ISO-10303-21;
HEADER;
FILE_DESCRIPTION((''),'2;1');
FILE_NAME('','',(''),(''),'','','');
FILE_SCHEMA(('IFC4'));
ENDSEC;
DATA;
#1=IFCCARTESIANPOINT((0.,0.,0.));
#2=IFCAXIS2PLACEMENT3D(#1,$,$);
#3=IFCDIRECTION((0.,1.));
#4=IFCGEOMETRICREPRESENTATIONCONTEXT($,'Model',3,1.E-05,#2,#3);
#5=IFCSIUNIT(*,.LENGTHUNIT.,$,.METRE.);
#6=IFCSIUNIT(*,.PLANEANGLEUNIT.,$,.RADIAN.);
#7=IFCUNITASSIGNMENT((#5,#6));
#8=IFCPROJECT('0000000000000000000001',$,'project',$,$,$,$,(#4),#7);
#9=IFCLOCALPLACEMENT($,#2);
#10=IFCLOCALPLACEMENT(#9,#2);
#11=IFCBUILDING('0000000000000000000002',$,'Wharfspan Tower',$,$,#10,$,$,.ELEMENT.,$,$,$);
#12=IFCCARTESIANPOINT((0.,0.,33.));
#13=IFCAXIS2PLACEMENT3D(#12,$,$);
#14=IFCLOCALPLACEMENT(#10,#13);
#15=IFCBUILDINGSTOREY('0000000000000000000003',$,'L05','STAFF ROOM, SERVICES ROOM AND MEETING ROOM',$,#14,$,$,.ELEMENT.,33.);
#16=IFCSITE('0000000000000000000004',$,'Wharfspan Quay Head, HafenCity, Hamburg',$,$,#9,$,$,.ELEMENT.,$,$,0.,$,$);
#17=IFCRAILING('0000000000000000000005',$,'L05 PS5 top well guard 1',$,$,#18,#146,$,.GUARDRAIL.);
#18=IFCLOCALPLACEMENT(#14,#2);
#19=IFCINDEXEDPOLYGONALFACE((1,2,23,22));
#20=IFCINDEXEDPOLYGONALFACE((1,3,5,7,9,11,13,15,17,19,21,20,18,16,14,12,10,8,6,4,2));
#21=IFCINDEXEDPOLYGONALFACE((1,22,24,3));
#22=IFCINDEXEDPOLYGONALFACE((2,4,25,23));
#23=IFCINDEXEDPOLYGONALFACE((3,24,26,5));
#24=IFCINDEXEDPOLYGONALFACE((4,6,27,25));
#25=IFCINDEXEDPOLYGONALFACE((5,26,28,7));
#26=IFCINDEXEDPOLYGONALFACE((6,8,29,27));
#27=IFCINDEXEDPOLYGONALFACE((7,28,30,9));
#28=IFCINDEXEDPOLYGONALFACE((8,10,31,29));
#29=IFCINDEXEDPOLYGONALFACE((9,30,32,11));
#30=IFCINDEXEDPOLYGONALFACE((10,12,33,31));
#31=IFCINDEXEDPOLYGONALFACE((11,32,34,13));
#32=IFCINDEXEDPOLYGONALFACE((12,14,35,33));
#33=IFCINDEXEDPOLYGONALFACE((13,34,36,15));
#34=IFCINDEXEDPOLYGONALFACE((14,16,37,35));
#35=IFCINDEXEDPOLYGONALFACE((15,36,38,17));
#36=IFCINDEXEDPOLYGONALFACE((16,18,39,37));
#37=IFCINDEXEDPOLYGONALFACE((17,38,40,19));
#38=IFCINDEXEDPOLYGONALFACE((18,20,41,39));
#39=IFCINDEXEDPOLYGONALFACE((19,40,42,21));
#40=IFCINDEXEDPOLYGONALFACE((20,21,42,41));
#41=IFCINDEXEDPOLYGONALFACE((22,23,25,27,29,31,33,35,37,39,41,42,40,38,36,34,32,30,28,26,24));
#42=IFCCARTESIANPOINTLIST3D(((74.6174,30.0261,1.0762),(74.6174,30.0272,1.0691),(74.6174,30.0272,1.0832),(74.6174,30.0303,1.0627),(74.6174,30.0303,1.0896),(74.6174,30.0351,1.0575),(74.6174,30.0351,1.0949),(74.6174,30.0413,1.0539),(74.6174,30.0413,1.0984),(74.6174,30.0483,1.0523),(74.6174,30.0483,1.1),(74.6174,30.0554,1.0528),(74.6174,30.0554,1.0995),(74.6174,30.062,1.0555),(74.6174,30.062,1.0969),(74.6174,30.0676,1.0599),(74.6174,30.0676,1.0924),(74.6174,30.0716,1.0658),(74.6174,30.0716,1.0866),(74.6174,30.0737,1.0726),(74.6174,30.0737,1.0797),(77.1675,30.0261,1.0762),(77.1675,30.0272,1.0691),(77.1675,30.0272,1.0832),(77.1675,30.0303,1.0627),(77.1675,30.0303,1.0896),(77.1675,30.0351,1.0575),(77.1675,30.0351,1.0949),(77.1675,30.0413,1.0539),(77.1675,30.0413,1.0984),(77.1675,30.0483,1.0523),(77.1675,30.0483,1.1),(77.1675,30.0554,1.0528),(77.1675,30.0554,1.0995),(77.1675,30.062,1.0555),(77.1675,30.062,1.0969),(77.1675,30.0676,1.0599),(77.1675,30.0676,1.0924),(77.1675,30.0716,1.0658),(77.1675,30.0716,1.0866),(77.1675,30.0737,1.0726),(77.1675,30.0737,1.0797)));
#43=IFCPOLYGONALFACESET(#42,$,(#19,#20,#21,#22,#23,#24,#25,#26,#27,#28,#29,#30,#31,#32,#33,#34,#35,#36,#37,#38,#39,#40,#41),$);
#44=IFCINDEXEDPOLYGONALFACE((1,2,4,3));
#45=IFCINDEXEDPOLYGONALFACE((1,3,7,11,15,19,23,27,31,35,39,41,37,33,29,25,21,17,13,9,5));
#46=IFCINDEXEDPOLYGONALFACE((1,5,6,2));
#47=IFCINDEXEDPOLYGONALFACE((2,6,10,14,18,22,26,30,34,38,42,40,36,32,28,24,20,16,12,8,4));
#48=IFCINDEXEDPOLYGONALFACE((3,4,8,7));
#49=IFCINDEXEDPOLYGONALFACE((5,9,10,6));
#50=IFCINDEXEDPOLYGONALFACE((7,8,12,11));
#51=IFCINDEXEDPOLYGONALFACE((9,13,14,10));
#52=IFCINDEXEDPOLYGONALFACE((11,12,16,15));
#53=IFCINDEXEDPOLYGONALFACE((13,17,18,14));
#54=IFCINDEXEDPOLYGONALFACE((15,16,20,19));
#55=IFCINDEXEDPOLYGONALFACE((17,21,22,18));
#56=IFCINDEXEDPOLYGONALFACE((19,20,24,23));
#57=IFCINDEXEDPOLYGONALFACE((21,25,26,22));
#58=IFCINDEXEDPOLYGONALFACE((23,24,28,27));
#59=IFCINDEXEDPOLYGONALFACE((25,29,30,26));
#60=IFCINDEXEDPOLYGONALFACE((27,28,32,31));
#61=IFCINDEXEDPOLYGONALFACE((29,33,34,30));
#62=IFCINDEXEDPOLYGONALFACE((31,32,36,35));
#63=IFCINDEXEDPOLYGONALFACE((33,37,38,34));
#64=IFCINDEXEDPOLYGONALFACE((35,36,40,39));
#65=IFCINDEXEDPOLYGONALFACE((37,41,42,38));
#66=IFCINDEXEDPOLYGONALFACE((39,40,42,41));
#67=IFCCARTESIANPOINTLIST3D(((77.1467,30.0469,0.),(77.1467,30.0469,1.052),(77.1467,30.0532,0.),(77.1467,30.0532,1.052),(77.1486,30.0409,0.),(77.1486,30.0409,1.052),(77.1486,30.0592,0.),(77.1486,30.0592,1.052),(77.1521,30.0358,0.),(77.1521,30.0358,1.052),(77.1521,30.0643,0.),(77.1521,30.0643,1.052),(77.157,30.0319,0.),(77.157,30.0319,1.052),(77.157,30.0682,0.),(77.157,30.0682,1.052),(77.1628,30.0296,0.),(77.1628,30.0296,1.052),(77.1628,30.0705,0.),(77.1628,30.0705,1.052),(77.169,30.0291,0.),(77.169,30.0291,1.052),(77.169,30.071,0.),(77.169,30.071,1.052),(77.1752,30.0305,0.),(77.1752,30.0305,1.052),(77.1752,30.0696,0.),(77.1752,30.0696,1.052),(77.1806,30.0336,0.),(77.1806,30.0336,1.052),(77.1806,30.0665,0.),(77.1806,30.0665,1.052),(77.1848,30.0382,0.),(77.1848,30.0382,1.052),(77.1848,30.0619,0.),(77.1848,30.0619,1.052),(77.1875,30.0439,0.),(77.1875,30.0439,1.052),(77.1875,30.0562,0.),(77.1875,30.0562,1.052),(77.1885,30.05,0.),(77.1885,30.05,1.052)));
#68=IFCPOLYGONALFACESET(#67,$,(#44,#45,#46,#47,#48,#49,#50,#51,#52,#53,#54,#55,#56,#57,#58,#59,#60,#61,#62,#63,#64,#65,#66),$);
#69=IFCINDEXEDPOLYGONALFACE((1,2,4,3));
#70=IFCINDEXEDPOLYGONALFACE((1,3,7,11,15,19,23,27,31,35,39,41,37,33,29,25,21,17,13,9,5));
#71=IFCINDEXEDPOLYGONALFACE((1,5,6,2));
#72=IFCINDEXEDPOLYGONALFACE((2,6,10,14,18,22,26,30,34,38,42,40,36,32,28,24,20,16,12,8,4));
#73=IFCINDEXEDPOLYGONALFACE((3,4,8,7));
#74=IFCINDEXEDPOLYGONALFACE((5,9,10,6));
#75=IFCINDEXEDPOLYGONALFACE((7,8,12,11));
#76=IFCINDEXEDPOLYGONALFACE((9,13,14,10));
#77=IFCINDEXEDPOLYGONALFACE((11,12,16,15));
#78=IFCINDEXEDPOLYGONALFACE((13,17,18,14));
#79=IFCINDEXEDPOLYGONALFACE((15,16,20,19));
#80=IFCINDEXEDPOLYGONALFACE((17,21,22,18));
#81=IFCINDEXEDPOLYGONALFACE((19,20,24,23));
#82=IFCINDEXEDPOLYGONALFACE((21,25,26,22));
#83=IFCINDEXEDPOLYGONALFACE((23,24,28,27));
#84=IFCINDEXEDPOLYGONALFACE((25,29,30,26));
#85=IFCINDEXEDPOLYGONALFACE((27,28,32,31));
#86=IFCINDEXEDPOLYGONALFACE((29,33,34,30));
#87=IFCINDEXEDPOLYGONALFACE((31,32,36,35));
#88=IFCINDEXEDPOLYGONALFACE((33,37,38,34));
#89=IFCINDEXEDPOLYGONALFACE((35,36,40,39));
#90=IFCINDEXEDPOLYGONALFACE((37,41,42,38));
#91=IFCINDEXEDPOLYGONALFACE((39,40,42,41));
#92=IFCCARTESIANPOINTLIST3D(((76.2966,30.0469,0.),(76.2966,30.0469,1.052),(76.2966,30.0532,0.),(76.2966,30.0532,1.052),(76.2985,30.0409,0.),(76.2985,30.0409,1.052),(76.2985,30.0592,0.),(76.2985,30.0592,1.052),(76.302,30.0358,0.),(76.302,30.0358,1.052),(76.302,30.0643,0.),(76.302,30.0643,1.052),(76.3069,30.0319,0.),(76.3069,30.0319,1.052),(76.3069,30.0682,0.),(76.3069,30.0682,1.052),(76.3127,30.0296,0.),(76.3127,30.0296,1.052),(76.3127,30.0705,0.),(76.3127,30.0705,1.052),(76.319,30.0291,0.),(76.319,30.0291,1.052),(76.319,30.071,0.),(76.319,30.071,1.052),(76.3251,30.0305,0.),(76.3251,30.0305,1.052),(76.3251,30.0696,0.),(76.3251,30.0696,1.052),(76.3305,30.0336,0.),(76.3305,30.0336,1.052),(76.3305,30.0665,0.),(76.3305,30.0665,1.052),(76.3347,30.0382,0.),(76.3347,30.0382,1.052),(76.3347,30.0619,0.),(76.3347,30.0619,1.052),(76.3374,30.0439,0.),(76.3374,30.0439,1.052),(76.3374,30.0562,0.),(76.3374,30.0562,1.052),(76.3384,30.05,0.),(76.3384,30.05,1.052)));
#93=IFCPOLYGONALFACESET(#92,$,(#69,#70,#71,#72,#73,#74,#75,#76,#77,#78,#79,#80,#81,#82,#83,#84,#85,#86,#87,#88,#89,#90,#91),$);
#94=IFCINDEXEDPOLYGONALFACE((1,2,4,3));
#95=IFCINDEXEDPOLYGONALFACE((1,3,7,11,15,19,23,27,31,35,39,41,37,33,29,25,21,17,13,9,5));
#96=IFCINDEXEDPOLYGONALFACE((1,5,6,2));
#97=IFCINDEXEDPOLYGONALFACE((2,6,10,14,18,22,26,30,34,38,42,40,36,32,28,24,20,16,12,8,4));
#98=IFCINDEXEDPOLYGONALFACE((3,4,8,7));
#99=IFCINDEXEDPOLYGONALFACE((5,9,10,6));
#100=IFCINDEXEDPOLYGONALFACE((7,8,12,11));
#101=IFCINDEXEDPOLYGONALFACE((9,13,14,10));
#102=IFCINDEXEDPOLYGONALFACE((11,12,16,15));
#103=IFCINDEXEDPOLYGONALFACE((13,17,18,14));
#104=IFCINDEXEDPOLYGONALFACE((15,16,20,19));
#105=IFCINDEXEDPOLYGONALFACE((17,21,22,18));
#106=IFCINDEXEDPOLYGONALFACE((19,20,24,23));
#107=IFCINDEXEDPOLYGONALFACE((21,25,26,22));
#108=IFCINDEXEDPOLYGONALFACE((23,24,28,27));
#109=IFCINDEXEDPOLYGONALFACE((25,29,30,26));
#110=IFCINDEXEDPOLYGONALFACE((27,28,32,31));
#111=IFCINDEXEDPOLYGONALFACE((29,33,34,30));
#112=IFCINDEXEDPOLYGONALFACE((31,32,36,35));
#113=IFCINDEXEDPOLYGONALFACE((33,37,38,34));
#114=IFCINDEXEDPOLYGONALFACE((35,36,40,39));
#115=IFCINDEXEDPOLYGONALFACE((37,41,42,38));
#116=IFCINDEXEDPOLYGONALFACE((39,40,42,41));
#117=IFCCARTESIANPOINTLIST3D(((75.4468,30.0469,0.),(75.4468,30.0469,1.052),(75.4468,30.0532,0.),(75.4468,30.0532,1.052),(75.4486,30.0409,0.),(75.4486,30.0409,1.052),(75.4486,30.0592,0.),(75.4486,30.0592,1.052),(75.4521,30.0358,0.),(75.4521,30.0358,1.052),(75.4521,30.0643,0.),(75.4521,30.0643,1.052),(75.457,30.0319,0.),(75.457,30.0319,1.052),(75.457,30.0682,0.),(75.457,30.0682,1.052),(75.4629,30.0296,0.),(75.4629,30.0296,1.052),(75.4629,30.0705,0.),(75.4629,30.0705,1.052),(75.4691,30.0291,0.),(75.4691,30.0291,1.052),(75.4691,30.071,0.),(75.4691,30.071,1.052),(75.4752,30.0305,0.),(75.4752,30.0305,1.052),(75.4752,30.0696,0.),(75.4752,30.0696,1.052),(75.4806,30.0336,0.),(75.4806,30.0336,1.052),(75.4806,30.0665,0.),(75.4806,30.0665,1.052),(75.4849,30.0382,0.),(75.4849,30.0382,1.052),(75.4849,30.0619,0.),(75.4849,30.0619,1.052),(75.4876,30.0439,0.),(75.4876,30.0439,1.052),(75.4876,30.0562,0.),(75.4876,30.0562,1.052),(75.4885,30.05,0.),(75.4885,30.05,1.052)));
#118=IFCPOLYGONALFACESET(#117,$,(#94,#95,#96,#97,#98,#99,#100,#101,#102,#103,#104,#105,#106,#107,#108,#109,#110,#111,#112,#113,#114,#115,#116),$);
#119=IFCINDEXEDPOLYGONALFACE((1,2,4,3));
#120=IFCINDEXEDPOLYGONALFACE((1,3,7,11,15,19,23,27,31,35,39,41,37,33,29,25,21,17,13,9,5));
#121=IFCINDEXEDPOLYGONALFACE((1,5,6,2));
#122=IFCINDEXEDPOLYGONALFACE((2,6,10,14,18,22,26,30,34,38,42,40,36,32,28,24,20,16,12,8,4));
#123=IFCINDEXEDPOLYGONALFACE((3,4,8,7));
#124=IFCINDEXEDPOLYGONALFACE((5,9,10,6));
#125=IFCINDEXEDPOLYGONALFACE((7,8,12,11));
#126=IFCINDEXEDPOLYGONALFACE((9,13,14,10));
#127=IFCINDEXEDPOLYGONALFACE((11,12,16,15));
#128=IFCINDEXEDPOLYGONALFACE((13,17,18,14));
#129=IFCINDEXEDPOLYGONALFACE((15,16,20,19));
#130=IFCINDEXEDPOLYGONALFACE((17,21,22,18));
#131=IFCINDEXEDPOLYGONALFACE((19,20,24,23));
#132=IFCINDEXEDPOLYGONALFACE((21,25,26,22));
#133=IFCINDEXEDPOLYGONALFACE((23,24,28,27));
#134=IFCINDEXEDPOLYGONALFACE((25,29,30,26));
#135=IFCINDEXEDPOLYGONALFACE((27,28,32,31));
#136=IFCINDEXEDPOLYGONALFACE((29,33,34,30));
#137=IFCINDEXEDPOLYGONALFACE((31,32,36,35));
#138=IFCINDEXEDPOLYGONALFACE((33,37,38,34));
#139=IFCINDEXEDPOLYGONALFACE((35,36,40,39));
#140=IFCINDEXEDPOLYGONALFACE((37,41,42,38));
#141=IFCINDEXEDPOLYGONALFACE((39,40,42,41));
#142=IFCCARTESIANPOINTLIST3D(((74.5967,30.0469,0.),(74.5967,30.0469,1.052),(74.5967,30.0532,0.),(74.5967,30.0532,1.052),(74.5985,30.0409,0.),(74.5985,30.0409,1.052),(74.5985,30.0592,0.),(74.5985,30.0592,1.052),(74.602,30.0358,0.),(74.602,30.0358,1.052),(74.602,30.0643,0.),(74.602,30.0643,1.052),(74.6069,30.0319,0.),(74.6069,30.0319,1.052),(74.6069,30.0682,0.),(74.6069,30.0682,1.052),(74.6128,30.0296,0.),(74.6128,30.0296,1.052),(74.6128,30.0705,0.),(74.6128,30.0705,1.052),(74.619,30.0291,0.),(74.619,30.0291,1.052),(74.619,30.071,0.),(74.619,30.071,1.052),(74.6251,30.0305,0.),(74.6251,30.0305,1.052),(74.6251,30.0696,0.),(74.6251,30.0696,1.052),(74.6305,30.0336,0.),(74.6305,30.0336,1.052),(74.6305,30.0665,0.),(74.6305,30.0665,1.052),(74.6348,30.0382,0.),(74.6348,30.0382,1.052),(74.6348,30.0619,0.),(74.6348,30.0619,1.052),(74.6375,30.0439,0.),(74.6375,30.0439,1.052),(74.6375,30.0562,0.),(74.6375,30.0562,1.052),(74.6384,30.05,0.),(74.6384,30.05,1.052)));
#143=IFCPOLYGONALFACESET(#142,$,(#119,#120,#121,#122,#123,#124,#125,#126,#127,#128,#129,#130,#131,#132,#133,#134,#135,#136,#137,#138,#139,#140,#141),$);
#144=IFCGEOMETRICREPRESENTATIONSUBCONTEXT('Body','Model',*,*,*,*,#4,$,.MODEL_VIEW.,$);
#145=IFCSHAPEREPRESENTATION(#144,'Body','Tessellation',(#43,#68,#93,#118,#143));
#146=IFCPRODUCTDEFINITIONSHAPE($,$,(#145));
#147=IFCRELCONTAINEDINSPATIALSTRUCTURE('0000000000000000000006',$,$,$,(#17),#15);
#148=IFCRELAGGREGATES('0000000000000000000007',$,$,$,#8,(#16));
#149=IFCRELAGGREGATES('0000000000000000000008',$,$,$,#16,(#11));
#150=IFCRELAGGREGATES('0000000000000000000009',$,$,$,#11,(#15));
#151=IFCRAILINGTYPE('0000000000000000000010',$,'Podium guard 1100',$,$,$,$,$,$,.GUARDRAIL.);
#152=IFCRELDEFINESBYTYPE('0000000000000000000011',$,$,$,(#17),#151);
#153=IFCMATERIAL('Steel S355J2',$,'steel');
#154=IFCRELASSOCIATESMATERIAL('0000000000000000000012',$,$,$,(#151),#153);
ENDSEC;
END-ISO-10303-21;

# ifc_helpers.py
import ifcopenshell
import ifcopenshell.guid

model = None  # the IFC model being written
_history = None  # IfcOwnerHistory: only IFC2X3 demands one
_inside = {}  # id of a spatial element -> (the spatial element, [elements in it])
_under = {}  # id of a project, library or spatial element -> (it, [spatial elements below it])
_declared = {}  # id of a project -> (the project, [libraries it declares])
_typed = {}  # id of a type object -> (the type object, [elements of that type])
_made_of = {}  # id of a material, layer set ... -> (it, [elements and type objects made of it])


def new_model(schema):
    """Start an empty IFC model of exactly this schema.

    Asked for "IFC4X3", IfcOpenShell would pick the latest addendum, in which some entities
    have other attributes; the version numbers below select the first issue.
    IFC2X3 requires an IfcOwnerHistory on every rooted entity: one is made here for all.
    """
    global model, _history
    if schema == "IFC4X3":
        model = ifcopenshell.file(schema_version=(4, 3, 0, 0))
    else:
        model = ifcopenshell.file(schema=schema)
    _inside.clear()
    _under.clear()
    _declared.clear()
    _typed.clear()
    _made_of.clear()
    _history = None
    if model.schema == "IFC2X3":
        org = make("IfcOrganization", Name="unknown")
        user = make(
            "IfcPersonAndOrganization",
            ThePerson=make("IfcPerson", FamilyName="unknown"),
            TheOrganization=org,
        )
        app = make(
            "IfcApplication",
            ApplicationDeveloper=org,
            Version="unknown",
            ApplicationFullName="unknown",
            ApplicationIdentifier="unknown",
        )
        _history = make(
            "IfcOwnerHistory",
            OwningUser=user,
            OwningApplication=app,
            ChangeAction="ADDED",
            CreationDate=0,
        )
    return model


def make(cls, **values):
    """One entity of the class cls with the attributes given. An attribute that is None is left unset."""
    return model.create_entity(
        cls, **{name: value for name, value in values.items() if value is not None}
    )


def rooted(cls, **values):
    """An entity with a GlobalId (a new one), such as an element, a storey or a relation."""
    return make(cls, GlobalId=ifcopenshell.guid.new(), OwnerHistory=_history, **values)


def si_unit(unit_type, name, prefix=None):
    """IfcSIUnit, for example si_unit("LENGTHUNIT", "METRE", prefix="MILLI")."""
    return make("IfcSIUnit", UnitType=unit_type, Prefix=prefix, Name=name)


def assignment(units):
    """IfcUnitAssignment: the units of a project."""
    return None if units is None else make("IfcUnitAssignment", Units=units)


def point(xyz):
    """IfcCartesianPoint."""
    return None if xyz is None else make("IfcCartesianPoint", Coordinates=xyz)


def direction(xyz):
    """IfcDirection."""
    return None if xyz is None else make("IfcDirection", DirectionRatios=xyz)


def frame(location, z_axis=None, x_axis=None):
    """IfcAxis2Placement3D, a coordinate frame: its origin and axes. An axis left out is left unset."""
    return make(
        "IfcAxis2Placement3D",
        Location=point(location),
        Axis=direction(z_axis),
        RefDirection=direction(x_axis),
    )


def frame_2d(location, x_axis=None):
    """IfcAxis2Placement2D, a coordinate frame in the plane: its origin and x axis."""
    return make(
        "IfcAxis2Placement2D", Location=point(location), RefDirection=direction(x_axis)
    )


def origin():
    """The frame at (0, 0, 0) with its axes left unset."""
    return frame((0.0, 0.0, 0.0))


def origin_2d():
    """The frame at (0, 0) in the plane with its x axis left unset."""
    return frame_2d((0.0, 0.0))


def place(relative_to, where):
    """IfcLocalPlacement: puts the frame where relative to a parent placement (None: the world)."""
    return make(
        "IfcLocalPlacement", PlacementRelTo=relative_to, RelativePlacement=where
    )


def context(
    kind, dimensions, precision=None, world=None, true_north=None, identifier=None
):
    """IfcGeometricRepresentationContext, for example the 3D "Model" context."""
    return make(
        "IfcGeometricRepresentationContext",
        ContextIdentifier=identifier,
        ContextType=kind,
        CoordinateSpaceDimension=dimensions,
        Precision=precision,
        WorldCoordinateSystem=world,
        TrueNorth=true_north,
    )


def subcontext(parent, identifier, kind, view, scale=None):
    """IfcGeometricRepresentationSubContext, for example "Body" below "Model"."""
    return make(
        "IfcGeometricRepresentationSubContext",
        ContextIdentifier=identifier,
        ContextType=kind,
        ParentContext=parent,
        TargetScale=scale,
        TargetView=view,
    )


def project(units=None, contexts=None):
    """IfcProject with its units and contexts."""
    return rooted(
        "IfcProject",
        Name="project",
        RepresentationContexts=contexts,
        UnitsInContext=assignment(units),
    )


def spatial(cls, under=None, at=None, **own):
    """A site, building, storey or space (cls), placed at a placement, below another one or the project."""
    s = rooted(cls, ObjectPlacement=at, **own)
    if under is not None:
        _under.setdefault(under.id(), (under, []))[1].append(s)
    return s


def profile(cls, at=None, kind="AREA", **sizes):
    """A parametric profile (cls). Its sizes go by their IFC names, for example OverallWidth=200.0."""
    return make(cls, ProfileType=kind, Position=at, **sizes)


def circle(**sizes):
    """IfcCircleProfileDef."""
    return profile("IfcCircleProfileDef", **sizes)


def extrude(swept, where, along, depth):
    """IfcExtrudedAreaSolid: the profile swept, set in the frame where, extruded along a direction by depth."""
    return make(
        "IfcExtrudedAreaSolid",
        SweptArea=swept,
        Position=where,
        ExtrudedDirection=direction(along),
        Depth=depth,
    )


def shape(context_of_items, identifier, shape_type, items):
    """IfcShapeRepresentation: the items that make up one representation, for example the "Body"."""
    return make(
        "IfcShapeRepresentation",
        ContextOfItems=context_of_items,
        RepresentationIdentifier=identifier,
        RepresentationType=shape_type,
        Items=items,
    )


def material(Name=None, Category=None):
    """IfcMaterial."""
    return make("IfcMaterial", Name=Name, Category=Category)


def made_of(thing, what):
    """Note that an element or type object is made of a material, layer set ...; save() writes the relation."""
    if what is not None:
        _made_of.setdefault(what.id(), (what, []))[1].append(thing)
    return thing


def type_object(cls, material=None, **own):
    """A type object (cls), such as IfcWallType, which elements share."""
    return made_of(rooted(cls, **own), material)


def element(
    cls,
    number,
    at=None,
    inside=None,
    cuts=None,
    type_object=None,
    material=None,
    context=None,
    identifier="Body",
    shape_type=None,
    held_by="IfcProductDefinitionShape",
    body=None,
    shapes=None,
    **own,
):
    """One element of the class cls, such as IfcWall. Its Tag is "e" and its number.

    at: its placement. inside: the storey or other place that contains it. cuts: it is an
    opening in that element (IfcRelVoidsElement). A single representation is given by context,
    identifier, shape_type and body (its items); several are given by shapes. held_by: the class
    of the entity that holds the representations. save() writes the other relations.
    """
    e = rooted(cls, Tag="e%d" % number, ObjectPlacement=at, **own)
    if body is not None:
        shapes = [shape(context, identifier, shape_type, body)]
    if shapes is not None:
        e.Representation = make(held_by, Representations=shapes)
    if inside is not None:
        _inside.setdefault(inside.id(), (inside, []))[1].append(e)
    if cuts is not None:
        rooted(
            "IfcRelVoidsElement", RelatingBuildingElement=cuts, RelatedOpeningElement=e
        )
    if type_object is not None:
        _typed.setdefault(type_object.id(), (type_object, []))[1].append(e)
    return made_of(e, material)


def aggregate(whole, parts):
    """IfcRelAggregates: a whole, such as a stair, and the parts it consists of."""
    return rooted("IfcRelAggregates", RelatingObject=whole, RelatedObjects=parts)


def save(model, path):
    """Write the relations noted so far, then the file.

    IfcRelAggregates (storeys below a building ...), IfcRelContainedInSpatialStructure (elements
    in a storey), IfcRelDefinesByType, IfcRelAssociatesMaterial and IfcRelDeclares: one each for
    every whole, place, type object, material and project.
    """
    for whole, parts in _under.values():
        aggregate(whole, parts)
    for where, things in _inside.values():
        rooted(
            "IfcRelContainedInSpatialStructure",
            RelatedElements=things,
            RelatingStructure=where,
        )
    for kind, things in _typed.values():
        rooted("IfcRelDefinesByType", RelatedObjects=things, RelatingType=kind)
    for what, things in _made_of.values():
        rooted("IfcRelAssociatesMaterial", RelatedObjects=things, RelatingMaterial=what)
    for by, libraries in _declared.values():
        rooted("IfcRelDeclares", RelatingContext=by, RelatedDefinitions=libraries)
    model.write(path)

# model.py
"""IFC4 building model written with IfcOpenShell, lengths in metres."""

from ifc_helpers import new_model, si_unit, direction, frame, origin, origin_2d, place, context, subcontext, project, spatial, circle, extrude, material, type_object, element, save


model = new_model("IFC4")

# Units and contexts
model_context = context("Model", 3, precision=1e-05, world=origin(), true_north=direction((0.0, 1.0)))
body_context = subcontext(model_context, "Body", "Model", "MODEL_VIEW")
ifc_project = project(units=[si_unit("LENGTHUNIT", "METRE"), si_unit("PLANEANGLEUNIT", "RADIAN")], contexts=[model_context])

# Site, building, storey
site_placement = place(None, origin())
site = spatial("IfcSite", under=ifc_project, at=site_placement, Name="Wharfspan Quay Head, HafenCity, Hamburg", CompositionType="ELEMENT", RefElevation=0.0)
building_placement = place(site_placement, origin())
building = spatial("IfcBuilding", under=site, at=building_placement, Name="Wharfspan Tower", CompositionType="ELEMENT")
storey_placement = place(building_placement, frame((0.0, 0.0, 33.0)))
storey = spatial("IfcBuildingStorey", under=building, at=storey_placement, Name="L05", Description="STAFF ROOM, SERVICES ROOM AND MEETING ROOM", CompositionType="ELEMENT", Elevation=33.0)

# Railing
ifc_material_1 = material(Name="Steel S355J2", Category="steel")
railing_type_1 = type_object("IfcRailingType", Name="Podium guard 1100", PredefinedType="GUARDRAIL", material=ifc_material_1)
railing_1_placement = place(storey_placement, frame((77.1675, 30.05, 0.0)))
element("IfcRailing", 1, at=railing_1_placement, inside=storey, type_object=railing_type_1, Name="L05 PS5 top well guard 1", PredefinedType="GUARDRAIL", context=body_context, shape_type="SweptSolid", body=[
    extrude(circle(Radius=0.0239, at=origin_2d()), frame((0.0, 0.0, 1.0762), z_axis=(-1.0, 0.0, 0.0), x_axis=(0.0, -1.0, 0.0)), (0.0, 0.0, 1.0), 2.55),
    extrude(circle(Radius=0.021, at=origin_2d()), origin(), (0.0, 0.0, 1.0), 1.052),
    extrude(circle(Radius=0.021, at=origin_2d()), frame((-0.8501, 0.0, 0.0)), (0.0, 0.0, 1.0), 1.052),
    extrude(circle(Radius=0.021, at=origin_2d()), frame((-1.7, 0.0, 0.0)), (0.0, 0.0, 1.0), 1.052),
    extrude(circle(Radius=0.021, at=origin_2d()), frame((-2.55, 0.0, 0.0)), (0.0, 0.0, 1.0), 1.052),
])

save(model, "model.ifc")
